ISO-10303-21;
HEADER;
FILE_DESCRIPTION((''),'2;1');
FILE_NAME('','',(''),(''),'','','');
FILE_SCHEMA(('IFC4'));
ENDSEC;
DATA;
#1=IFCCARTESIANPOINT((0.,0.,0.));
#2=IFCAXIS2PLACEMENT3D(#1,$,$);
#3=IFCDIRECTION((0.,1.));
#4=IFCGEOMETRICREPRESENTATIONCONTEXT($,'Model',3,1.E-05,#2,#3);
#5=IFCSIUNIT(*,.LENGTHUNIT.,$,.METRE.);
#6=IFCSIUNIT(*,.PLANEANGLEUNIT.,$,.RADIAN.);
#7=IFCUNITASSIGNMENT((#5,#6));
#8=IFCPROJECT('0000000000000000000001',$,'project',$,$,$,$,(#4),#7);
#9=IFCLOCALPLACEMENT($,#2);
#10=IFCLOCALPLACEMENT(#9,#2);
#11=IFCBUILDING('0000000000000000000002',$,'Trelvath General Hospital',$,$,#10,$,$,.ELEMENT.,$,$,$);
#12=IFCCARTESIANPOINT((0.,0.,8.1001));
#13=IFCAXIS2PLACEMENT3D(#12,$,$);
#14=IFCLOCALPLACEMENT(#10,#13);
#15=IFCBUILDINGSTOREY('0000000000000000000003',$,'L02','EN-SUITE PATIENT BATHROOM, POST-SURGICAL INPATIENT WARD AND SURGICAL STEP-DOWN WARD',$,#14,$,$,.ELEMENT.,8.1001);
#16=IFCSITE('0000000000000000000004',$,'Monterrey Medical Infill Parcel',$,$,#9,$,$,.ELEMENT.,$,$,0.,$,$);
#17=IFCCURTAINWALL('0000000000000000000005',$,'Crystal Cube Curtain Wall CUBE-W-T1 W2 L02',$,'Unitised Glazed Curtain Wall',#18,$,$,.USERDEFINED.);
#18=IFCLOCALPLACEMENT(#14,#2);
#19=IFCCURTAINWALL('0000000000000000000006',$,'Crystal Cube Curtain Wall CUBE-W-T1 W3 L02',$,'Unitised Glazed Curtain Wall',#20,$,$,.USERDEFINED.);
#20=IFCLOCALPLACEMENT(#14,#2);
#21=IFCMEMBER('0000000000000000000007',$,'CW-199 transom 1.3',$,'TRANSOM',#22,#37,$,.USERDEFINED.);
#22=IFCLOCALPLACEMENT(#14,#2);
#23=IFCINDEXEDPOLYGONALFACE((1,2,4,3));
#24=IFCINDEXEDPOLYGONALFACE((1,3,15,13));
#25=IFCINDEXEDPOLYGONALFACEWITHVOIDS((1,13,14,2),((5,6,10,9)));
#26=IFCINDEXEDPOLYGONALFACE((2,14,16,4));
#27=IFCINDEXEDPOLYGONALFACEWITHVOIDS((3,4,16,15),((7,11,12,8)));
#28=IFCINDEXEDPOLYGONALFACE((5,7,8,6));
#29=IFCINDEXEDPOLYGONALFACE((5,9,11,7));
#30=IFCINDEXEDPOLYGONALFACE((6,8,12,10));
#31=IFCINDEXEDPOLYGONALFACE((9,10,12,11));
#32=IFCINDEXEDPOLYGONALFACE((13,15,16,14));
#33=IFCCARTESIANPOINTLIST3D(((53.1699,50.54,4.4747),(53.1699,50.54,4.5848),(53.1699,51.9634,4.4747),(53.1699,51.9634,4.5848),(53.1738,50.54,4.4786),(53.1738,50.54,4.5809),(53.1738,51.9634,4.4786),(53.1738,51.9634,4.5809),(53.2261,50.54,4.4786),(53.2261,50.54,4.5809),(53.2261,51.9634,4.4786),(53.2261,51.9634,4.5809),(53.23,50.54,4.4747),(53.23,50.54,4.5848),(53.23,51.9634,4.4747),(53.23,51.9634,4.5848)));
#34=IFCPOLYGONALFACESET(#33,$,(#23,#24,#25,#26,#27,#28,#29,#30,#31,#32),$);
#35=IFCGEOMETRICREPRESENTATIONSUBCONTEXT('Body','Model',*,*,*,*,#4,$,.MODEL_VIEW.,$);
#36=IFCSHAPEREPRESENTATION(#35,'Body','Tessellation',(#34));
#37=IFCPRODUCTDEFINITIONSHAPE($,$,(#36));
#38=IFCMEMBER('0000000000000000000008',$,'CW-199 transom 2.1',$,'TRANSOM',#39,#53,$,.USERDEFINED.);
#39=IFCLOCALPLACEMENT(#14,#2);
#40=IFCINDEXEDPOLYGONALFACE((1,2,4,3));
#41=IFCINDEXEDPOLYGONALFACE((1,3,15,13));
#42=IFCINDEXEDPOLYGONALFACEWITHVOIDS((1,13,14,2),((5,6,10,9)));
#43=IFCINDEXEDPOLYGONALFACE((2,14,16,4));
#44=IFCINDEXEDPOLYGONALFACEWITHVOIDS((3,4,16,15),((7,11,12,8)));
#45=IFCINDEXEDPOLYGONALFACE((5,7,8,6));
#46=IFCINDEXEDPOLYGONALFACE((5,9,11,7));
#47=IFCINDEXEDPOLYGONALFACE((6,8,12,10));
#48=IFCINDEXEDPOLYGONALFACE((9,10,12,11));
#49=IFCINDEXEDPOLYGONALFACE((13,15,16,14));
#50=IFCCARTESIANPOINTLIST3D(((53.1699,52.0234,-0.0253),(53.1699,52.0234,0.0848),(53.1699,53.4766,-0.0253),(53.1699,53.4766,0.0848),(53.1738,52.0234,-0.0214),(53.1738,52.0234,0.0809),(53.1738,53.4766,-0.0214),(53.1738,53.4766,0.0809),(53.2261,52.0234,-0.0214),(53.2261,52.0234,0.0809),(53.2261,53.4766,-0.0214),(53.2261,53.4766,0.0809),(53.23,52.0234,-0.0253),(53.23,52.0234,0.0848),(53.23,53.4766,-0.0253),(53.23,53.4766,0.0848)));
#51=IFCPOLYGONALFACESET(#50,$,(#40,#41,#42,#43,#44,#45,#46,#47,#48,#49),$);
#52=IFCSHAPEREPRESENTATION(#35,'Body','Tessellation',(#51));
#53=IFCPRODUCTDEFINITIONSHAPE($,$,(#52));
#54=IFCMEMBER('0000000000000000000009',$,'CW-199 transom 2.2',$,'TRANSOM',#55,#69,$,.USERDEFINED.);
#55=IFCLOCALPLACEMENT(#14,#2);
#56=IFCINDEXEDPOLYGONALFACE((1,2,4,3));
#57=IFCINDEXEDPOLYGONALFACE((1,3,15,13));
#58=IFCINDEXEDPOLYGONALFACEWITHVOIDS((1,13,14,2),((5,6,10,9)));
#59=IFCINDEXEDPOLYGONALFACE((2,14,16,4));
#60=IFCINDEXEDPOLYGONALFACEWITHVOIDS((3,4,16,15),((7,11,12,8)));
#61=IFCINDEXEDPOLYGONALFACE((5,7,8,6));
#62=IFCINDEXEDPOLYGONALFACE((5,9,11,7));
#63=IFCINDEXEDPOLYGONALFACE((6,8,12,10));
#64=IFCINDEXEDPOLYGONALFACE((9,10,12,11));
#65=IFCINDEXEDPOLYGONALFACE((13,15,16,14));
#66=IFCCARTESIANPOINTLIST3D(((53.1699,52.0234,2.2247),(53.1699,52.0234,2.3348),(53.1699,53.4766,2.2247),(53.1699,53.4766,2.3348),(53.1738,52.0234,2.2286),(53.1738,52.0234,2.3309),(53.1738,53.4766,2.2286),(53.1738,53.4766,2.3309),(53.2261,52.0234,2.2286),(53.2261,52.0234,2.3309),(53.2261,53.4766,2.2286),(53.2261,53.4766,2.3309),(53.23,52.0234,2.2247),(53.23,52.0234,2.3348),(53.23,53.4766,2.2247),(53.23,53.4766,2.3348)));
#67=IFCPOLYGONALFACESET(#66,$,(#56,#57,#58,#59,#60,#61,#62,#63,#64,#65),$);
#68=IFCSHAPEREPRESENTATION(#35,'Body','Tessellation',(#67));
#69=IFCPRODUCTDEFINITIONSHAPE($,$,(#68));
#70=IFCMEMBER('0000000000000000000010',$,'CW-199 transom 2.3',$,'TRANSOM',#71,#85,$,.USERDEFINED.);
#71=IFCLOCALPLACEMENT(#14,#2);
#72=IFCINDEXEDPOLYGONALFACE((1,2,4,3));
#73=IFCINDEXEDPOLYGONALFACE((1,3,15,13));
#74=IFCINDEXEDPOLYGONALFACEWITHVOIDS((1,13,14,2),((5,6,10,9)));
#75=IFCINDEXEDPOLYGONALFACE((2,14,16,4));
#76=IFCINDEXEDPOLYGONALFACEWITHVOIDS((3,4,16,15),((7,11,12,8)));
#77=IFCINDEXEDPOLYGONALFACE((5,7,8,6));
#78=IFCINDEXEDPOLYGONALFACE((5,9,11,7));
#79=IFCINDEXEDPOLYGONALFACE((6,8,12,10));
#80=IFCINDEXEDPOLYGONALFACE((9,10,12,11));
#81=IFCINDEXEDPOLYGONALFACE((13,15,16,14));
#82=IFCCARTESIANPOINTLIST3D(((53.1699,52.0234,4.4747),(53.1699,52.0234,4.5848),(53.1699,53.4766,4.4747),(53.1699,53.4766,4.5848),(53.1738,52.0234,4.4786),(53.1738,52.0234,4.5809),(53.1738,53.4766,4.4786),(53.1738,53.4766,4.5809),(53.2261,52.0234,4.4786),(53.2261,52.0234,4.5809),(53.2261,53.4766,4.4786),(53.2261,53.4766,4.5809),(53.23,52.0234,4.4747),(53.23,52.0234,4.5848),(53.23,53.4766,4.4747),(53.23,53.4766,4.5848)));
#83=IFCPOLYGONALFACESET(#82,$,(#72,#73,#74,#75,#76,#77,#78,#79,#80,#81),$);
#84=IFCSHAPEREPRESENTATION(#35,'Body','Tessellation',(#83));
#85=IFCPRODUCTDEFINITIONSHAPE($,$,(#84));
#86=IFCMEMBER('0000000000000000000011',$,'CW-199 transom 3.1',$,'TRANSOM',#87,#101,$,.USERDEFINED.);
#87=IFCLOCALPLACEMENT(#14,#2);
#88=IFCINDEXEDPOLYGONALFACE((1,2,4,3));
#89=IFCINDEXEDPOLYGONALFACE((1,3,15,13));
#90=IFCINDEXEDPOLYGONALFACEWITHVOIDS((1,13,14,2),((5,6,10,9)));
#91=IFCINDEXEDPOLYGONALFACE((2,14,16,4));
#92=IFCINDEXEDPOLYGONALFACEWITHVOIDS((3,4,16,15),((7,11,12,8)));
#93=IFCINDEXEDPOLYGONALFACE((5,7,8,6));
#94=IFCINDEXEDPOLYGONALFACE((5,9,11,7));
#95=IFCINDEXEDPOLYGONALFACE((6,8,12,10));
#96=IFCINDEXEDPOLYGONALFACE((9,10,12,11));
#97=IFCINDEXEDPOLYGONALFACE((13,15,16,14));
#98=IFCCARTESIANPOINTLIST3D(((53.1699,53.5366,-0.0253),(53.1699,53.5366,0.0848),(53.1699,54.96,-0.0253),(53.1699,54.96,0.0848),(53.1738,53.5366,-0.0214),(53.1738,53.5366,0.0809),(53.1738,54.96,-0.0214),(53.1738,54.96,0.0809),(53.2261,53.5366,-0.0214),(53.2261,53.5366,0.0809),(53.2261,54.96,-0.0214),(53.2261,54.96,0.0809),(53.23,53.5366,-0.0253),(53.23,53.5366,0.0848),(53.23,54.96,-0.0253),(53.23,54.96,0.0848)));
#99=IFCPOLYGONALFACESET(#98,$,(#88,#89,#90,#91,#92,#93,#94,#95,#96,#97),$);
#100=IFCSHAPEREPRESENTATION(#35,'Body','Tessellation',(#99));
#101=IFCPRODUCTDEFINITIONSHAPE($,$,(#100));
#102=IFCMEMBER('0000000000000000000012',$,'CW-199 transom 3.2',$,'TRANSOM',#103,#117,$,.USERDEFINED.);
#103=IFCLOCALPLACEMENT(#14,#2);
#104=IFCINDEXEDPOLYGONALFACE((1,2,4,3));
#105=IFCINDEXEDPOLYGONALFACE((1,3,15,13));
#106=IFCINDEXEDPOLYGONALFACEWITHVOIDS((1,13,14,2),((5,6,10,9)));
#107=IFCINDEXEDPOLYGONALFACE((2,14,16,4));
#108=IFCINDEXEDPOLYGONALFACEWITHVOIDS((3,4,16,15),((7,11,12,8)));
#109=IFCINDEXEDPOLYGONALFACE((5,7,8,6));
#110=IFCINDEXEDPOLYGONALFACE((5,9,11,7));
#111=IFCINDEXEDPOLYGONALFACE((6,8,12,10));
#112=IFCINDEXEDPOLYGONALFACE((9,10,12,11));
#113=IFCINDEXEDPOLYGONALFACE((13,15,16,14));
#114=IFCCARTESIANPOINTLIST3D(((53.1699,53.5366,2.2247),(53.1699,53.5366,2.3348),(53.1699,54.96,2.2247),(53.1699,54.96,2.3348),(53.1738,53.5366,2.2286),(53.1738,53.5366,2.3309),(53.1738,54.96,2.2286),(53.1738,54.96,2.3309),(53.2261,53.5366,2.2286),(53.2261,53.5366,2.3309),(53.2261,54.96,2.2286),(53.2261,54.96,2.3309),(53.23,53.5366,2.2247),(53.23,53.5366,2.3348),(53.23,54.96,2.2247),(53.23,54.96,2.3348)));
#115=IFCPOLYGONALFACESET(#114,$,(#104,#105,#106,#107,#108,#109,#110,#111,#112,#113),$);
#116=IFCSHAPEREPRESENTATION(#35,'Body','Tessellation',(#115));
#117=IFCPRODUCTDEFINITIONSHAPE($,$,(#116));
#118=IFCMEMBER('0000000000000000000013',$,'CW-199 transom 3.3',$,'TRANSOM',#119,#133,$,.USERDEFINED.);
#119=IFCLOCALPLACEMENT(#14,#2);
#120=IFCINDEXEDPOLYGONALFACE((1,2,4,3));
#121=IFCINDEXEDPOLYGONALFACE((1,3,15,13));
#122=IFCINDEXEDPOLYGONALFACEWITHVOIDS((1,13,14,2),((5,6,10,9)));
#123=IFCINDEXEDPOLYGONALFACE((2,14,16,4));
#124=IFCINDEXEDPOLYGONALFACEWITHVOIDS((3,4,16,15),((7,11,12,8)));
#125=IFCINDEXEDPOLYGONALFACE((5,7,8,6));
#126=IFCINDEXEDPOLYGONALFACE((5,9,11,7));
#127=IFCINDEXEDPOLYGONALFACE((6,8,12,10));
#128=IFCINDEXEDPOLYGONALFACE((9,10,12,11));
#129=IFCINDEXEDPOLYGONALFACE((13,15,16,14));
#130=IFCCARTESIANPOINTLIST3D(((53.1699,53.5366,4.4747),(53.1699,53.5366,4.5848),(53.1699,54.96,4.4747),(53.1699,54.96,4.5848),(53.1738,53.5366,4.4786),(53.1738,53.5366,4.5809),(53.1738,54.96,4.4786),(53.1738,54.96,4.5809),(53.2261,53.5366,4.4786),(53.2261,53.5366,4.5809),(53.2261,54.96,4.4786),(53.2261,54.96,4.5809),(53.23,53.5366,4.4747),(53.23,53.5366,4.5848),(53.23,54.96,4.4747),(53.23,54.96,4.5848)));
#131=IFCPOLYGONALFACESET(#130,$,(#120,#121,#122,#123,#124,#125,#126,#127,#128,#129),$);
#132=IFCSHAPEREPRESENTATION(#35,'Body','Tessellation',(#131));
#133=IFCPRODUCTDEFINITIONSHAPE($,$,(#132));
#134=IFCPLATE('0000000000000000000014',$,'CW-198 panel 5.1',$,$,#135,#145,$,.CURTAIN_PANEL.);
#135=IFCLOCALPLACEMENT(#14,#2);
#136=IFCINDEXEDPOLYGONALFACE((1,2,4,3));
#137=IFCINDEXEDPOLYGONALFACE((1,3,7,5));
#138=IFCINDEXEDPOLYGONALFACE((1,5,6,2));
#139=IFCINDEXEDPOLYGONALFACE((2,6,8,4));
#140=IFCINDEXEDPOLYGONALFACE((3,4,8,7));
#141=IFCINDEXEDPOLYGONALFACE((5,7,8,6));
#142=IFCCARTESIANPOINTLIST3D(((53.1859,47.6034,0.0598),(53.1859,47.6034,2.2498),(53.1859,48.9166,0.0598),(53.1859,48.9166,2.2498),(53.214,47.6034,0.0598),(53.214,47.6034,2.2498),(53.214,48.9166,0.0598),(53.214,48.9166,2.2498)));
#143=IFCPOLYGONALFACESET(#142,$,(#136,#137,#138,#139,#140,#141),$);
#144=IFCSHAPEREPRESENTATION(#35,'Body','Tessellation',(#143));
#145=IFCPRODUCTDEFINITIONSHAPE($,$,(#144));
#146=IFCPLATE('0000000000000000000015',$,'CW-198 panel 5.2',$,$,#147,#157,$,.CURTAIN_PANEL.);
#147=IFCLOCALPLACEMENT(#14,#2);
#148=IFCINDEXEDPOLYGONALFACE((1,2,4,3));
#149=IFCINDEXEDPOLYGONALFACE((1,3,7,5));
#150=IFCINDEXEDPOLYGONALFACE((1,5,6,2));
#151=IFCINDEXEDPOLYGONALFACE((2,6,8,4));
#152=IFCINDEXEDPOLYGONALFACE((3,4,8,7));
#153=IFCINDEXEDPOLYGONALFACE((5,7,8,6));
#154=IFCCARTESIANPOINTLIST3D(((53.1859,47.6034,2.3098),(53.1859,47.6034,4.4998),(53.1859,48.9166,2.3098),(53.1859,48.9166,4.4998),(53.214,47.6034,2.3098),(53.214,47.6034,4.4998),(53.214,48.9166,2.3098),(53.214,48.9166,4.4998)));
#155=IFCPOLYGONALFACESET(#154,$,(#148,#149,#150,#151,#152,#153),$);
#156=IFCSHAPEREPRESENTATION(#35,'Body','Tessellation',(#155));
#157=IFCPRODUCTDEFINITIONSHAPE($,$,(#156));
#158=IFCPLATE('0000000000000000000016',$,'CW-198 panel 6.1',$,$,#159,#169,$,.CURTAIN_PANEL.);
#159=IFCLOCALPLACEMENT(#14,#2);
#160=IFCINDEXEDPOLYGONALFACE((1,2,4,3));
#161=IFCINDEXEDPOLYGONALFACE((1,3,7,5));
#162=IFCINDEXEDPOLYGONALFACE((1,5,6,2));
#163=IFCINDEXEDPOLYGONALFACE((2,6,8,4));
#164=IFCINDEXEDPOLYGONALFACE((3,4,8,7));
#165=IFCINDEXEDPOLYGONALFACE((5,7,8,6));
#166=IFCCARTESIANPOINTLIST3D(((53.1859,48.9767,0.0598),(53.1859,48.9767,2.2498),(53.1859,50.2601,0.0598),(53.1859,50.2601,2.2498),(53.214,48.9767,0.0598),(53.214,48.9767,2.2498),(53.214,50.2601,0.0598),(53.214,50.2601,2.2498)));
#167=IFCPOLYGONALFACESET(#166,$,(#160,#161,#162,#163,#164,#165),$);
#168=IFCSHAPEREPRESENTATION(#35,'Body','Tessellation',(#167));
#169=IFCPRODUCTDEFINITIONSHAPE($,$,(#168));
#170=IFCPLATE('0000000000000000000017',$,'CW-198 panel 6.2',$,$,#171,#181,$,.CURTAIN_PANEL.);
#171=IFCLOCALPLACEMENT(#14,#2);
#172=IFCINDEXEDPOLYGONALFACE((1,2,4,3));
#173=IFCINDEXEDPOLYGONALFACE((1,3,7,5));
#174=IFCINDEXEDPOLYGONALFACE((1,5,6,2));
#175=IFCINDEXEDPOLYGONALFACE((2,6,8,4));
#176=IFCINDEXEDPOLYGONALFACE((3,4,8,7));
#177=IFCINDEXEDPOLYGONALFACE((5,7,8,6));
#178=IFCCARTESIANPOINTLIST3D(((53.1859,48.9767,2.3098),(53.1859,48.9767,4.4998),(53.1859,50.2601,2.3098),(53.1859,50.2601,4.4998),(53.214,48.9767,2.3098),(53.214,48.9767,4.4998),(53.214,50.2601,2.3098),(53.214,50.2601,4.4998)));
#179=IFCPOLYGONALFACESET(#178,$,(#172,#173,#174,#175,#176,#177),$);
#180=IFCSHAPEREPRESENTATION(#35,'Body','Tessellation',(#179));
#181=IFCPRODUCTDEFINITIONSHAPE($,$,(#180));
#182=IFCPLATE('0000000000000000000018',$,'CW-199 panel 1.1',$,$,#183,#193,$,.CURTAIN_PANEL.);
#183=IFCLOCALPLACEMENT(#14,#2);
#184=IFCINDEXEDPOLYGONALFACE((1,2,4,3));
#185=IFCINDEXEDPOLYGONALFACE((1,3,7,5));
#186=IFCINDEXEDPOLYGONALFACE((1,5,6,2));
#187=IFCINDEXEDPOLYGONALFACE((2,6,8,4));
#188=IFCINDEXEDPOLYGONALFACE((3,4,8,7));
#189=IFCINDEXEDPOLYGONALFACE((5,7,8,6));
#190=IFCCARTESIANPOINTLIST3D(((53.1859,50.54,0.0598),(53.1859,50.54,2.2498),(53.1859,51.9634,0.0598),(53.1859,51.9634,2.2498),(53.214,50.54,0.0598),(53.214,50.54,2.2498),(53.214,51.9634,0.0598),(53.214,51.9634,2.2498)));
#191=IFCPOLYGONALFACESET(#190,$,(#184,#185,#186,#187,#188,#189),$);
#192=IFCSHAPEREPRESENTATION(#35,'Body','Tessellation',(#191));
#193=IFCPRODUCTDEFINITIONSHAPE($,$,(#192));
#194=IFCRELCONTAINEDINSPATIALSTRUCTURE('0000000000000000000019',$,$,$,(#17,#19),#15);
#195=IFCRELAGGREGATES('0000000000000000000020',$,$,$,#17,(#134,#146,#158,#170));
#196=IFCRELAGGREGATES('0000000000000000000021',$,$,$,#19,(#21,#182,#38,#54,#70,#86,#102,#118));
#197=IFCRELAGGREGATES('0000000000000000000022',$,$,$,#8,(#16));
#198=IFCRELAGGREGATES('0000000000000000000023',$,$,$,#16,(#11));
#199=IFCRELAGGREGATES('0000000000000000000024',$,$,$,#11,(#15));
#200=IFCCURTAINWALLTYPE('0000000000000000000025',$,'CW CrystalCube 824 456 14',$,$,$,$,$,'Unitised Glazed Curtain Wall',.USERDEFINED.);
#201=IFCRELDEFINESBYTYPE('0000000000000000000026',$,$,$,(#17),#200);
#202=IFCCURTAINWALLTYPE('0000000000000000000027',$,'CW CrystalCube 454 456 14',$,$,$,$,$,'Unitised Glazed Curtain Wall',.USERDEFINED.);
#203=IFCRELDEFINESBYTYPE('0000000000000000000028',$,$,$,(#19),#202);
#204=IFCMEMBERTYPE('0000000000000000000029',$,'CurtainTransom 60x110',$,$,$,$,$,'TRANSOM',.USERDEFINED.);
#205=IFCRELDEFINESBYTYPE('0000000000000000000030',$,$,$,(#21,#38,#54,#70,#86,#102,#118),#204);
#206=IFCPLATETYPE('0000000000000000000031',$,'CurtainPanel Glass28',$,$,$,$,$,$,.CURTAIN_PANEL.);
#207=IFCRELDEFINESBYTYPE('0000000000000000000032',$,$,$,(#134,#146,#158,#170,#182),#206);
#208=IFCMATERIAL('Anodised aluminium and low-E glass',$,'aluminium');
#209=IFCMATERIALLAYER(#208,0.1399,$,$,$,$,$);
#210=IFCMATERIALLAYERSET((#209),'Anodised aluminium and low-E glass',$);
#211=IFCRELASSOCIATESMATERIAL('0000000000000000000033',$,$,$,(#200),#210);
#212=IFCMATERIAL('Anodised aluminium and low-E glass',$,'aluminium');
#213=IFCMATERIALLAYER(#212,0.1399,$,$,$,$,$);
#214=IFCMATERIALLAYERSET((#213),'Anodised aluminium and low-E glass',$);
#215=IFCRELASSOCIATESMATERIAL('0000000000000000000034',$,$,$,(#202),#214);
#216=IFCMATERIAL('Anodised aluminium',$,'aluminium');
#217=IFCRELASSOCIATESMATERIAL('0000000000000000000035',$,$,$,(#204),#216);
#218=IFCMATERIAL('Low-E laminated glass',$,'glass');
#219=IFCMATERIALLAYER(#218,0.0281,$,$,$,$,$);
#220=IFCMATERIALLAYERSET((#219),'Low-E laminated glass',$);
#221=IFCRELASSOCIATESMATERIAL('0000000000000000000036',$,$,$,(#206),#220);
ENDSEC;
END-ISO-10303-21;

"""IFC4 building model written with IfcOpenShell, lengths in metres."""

from ifc_helpers import new_model, si_unit, direction, frame, origin, origin_2d, place, context, subcontext, project, spatial, rectangle, hollow_rectangle, extrude, material, layer, layer_set, material_profile, profile_set, type_object, element, aggregate, save


model = new_model("IFC4")

# Units and contexts
model_context = context("Model", 3, precision=1e-05, world=origin(), true_north=direction((0.0, 1.0)))
body_context = subcontext(model_context, "Body", "Model", "MODEL_VIEW")
ifc_project = project(units=[si_unit("LENGTHUNIT", "METRE"), si_unit("PLANEANGLEUNIT", "RADIAN")], contexts=[model_context])

# Site, building, storey
site_placement = place(None, origin())
site = spatial("IfcSite", under=ifc_project, at=site_placement, Name="Monterrey Medical Infill Parcel", CompositionType="ELEMENT", RefElevation=0.0)
building_placement = place(site_placement, origin())
building = spatial("IfcBuilding", under=site, at=building_placement, Name="Trelvath General Hospital", CompositionType="ELEMENT")
storey_placement = place(building_placement, frame((0.0, 0.0, 8.1001)))
storey = spatial("IfcBuildingStorey", under=building, at=storey_placement, Name="L02", Description="EN-SUITE PATIENT BATHROOM, POST-SURGICAL INPATIENT WARD AND SURGICAL STEP-DOWN WARD", CompositionType="ELEMENT", Elevation=8.1001)

# Curtain walls
ifc_material_1 = material(Name="Anodised aluminium and low-E glass", Category="aluminium")
ifc_layer_1 = layer(ifc_material_1, 0.1399)
ifc_layer_set_1 = layer_set([ifc_layer_1], Name="Anodised aluminium and low-E glass")
curtain_wall_type_1 = type_object("IfcCurtainWallType", Name="CW CrystalCube 824 456 14", ElementType="Unitised Glazed Curtain Wall", PredefinedType="USERDEFINED", material=ifc_layer_set_1)
curtain_wall_1_placement = place(storey_placement, origin())
curtain_wall_1 = element("IfcCurtainWall", 1, at=curtain_wall_1_placement, inside=storey, type_object=curtain_wall_type_1, Name="Crystal Cube Curtain Wall CUBE-W-T1 W2 L02", ObjectType="Unitised Glazed Curtain Wall", PredefinedType="USERDEFINED")
ifc_material_2 = material(Name="Anodised aluminium and low-E glass", Category="aluminium")
ifc_layer_2 = layer(ifc_material_2, 0.1399)
ifc_layer_set_2 = layer_set([ifc_layer_2], Name="Anodised aluminium and low-E glass")
curtain_wall_type_2 = type_object("IfcCurtainWallType", Name="CW CrystalCube 454 456 14", ElementType="Unitised Glazed Curtain Wall", PredefinedType="USERDEFINED", material=ifc_layer_set_2)
curtain_wall_2_placement = place(storey_placement, origin())
curtain_wall_2 = element("IfcCurtainWall", 2, at=curtain_wall_2_placement, inside=storey, type_object=curtain_wall_type_2, Name="Crystal Cube Curtain Wall CUBE-W-T1 W3 L02", ObjectType="Unitised Glazed Curtain Wall", PredefinedType="USERDEFINED")

# Members
ifc_material_3 = material(Name="Anodised aluminium", Category="aluminium")
ifc_material_profile_1 = material_profile(ifc_material_3, hollow_rectangle(XDim=0.0601, YDim=0.1101, WallThickness=0.0039, at=origin_2d()), Name="RHS60x110x4")
ifc_profile_set_1 = profile_set([ifc_material_profile_1], Name="Anodised aluminium")
member_type_1 = type_object("IfcMemberType", Name="CurtainTransom 60x110", ElementType="TRANSOM", PredefinedType="USERDEFINED", material=ifc_profile_set_1)
member_1_placement = place(storey_placement, frame((53.2, 50.54, 4.5298), z_axis=(0.0, 1.0, 0.0), x_axis=(-1.0, 0.0, 0.0)))
member_1 = element("IfcMember", 3, at=member_1_placement, type_object=member_type_1, Name="CW-199 transom 1.3", ObjectType="TRANSOM", PredefinedType="USERDEFINED", context=body_context, shape_type="SweptSolid", body=[
    extrude(hollow_rectangle(XDim=0.0601, YDim=0.1101, WallThickness=0.0039, at=origin_2d()), origin(), (0.0, 0.0, 1.0), 1.4233),
])
member_2_placement = place(storey_placement, frame((53.2, 52.0234, 0.0298), z_axis=(0.0, 1.0, 0.0), x_axis=(-1.0, 0.0, 0.0)))
member_2 = element("IfcMember", 4, at=member_2_placement, type_object=member_type_1, Name="CW-199 transom 2.1", ObjectType="TRANSOM", PredefinedType="USERDEFINED", context=body_context, shape_type="SweptSolid", body=[
    extrude(hollow_rectangle(XDim=0.0601, YDim=0.1101, WallThickness=0.0039, at=origin_2d()), origin(), (0.0, 0.0, 1.0), 1.4531),
])
member_3_placement = place(storey_placement, frame((53.2, 52.0234, 2.2798), z_axis=(0.0, 1.0, 0.0), x_axis=(-1.0, 0.0, 0.0)))
member_3 = element("IfcMember", 5, at=member_3_placement, type_object=member_type_1, Name="CW-199 transom 2.2", ObjectType="TRANSOM", PredefinedType="USERDEFINED", context=body_context, shape_type="SweptSolid", body=[
    extrude(hollow_rectangle(XDim=0.0601, YDim=0.1101, WallThickness=0.0039, at=origin_2d()), origin(), (0.0, 0.0, 1.0), 1.4531),
])
member_4_placement = place(storey_placement, frame((53.2, 52.0234, 4.5298), z_axis=(0.0, 1.0, 0.0), x_axis=(-1.0, 0.0, 0.0)))
member_4 = element("IfcMember", 6, at=member_4_placement, type_object=member_type_1, Name="CW-199 transom 2.3", ObjectType="TRANSOM", PredefinedType="USERDEFINED", context=body_context, shape_type="SweptSolid", body=[
    extrude(hollow_rectangle(XDim=0.0601, YDim=0.1101, WallThickness=0.0039, at=origin_2d()), origin(), (0.0, 0.0, 1.0), 1.4531),
])
member_5_placement = place(storey_placement, frame((53.2, 53.5366, 0.0298), z_axis=(0.0, 1.0, 0.0), x_axis=(-1.0, 0.0, 0.0)))
member_5 = element("IfcMember", 7, at=member_5_placement, type_object=member_type_1, Name="CW-199 transom 3.1", ObjectType="TRANSOM", PredefinedType="USERDEFINED", context=body_context, shape_type="SweptSolid", body=[
    extrude(hollow_rectangle(XDim=0.0601, YDim=0.1101, WallThickness=0.0039, at=origin_2d()), origin(), (0.0, 0.0, 1.0), 1.4233),
])
member_6_placement = place(storey_placement, frame((53.2, 53.5366, 2.2798), z_axis=(0.0, 1.0, 0.0), x_axis=(-1.0, 0.0, 0.0)))
member_6 = element("IfcMember", 8, at=member_6_placement, type_object=member_type_1, Name="CW-199 transom 3.2", ObjectType="TRANSOM", PredefinedType="USERDEFINED", context=body_context, shape_type="SweptSolid", body=[
    extrude(hollow_rectangle(XDim=0.0601, YDim=0.1101, WallThickness=0.0039, at=origin_2d()), origin(), (0.0, 0.0, 1.0), 1.4233),
])
member_7_placement = place(storey_placement, frame((53.2, 53.5366, 4.5298), z_axis=(0.0, 1.0, 0.0), x_axis=(-1.0, 0.0, 0.0)))
member_7 = element("IfcMember", 9, at=member_7_placement, type_object=member_type_1, Name="CW-199 transom 3.3", ObjectType="TRANSOM", PredefinedType="USERDEFINED", context=body_context, shape_type="SweptSolid", body=[
    extrude(hollow_rectangle(XDim=0.0601, YDim=0.1101, WallThickness=0.0039, at=origin_2d()), origin(), (0.0, 0.0, 1.0), 1.4233),
])

# Plates
ifc_material_4 = material(Name="Low-E laminated glass", Category="glass")
ifc_layer_3 = layer(ifc_material_4, 0.0281)
ifc_layer_set_3 = layer_set([ifc_layer_3], Name="Low-E laminated glass")
plate_type = type_object("IfcPlateType", Name="CurtainPanel Glass28", PredefinedType="CURTAIN_PANEL", material=ifc_layer_set_3)
plate_1_placement = place(storey_placement, frame((53.2, 48.26, 0.0598), z_axis=(0.0, 0.0, 1.0), x_axis=(0.0, 1.0, 0.0)))
plate_1 = element("IfcPlate", 10, at=plate_1_placement, type_object=plate_type, Name="CW-198 panel 5.1", PredefinedType="CURTAIN_PANEL", context=body_context, shape_type="SweptSolid", body=[
    extrude(rectangle(XDim=1.3132, YDim=0.0281, at=origin_2d()), origin(), (0.0, 0.0, 1.0), 2.1899),
])
plate_2_placement = place(storey_placement, frame((53.2, 48.26, 2.3098), z_axis=(0.0, 0.0, 1.0), x_axis=(0.0, 1.0, 0.0)))
plate_2 = element("IfcPlate", 11, at=plate_2_placement, type_object=plate_type, Name="CW-198 panel 5.2", PredefinedType="CURTAIN_PANEL", context=body_context, shape_type="SweptSolid", body=[
    extrude(rectangle(XDim=1.3132, YDim=0.0281, at=origin_2d()), origin(), (0.0, 0.0, 1.0), 2.1899),
])
plate_3_placement = place(storey_placement, frame((53.2, 49.6184, 0.0598), z_axis=(0.0, 0.0, 1.0), x_axis=(0.0, 1.0, 0.0)))
plate_3 = element("IfcPlate", 12, at=plate_3_placement, type_object=plate_type, Name="CW-198 panel 6.1", PredefinedType="CURTAIN_PANEL", context=body_context, shape_type="SweptSolid", body=[
    extrude(rectangle(XDim=1.2834, YDim=0.0281, at=origin_2d()), origin(), (0.0, 0.0, 1.0), 2.1899),
])
plate_4_placement = place(storey_placement, frame((53.2, 49.6184, 2.3098), z_axis=(0.0, 0.0, 1.0), x_axis=(0.0, 1.0, 0.0)))
plate_4 = element("IfcPlate", 13, at=plate_4_placement, type_object=plate_type, Name="CW-198 panel 6.2", PredefinedType="CURTAIN_PANEL", context=body_context, shape_type="SweptSolid", body=[
    extrude(rectangle(XDim=1.2834, YDim=0.0281, at=origin_2d()), origin(), (0.0, 0.0, 1.0), 2.1899),
])
aggregate(curtain_wall_1, [plate_1, plate_2, plate_3, plate_4])
plate_5_placement = place(storey_placement, frame((53.2, 51.2517, 0.0598), z_axis=(0.0, 0.0, 1.0), x_axis=(0.0, 1.0, 0.0)))
plate_5 = element("IfcPlate", 14, at=plate_5_placement, type_object=plate_type, Name="CW-199 panel 1.1", PredefinedType="CURTAIN_PANEL", context=body_context, shape_type="SweptSolid", body=[
    extrude(rectangle(XDim=1.4233, YDim=0.0281, at=origin_2d()), origin(), (0.0, 0.0, 1.0), 2.1899),
])
aggregate(curtain_wall_2, [member_1, plate_5, member_2, member_3, member_4, member_5, member_6, member_7])

save(model, "model.ifc")
